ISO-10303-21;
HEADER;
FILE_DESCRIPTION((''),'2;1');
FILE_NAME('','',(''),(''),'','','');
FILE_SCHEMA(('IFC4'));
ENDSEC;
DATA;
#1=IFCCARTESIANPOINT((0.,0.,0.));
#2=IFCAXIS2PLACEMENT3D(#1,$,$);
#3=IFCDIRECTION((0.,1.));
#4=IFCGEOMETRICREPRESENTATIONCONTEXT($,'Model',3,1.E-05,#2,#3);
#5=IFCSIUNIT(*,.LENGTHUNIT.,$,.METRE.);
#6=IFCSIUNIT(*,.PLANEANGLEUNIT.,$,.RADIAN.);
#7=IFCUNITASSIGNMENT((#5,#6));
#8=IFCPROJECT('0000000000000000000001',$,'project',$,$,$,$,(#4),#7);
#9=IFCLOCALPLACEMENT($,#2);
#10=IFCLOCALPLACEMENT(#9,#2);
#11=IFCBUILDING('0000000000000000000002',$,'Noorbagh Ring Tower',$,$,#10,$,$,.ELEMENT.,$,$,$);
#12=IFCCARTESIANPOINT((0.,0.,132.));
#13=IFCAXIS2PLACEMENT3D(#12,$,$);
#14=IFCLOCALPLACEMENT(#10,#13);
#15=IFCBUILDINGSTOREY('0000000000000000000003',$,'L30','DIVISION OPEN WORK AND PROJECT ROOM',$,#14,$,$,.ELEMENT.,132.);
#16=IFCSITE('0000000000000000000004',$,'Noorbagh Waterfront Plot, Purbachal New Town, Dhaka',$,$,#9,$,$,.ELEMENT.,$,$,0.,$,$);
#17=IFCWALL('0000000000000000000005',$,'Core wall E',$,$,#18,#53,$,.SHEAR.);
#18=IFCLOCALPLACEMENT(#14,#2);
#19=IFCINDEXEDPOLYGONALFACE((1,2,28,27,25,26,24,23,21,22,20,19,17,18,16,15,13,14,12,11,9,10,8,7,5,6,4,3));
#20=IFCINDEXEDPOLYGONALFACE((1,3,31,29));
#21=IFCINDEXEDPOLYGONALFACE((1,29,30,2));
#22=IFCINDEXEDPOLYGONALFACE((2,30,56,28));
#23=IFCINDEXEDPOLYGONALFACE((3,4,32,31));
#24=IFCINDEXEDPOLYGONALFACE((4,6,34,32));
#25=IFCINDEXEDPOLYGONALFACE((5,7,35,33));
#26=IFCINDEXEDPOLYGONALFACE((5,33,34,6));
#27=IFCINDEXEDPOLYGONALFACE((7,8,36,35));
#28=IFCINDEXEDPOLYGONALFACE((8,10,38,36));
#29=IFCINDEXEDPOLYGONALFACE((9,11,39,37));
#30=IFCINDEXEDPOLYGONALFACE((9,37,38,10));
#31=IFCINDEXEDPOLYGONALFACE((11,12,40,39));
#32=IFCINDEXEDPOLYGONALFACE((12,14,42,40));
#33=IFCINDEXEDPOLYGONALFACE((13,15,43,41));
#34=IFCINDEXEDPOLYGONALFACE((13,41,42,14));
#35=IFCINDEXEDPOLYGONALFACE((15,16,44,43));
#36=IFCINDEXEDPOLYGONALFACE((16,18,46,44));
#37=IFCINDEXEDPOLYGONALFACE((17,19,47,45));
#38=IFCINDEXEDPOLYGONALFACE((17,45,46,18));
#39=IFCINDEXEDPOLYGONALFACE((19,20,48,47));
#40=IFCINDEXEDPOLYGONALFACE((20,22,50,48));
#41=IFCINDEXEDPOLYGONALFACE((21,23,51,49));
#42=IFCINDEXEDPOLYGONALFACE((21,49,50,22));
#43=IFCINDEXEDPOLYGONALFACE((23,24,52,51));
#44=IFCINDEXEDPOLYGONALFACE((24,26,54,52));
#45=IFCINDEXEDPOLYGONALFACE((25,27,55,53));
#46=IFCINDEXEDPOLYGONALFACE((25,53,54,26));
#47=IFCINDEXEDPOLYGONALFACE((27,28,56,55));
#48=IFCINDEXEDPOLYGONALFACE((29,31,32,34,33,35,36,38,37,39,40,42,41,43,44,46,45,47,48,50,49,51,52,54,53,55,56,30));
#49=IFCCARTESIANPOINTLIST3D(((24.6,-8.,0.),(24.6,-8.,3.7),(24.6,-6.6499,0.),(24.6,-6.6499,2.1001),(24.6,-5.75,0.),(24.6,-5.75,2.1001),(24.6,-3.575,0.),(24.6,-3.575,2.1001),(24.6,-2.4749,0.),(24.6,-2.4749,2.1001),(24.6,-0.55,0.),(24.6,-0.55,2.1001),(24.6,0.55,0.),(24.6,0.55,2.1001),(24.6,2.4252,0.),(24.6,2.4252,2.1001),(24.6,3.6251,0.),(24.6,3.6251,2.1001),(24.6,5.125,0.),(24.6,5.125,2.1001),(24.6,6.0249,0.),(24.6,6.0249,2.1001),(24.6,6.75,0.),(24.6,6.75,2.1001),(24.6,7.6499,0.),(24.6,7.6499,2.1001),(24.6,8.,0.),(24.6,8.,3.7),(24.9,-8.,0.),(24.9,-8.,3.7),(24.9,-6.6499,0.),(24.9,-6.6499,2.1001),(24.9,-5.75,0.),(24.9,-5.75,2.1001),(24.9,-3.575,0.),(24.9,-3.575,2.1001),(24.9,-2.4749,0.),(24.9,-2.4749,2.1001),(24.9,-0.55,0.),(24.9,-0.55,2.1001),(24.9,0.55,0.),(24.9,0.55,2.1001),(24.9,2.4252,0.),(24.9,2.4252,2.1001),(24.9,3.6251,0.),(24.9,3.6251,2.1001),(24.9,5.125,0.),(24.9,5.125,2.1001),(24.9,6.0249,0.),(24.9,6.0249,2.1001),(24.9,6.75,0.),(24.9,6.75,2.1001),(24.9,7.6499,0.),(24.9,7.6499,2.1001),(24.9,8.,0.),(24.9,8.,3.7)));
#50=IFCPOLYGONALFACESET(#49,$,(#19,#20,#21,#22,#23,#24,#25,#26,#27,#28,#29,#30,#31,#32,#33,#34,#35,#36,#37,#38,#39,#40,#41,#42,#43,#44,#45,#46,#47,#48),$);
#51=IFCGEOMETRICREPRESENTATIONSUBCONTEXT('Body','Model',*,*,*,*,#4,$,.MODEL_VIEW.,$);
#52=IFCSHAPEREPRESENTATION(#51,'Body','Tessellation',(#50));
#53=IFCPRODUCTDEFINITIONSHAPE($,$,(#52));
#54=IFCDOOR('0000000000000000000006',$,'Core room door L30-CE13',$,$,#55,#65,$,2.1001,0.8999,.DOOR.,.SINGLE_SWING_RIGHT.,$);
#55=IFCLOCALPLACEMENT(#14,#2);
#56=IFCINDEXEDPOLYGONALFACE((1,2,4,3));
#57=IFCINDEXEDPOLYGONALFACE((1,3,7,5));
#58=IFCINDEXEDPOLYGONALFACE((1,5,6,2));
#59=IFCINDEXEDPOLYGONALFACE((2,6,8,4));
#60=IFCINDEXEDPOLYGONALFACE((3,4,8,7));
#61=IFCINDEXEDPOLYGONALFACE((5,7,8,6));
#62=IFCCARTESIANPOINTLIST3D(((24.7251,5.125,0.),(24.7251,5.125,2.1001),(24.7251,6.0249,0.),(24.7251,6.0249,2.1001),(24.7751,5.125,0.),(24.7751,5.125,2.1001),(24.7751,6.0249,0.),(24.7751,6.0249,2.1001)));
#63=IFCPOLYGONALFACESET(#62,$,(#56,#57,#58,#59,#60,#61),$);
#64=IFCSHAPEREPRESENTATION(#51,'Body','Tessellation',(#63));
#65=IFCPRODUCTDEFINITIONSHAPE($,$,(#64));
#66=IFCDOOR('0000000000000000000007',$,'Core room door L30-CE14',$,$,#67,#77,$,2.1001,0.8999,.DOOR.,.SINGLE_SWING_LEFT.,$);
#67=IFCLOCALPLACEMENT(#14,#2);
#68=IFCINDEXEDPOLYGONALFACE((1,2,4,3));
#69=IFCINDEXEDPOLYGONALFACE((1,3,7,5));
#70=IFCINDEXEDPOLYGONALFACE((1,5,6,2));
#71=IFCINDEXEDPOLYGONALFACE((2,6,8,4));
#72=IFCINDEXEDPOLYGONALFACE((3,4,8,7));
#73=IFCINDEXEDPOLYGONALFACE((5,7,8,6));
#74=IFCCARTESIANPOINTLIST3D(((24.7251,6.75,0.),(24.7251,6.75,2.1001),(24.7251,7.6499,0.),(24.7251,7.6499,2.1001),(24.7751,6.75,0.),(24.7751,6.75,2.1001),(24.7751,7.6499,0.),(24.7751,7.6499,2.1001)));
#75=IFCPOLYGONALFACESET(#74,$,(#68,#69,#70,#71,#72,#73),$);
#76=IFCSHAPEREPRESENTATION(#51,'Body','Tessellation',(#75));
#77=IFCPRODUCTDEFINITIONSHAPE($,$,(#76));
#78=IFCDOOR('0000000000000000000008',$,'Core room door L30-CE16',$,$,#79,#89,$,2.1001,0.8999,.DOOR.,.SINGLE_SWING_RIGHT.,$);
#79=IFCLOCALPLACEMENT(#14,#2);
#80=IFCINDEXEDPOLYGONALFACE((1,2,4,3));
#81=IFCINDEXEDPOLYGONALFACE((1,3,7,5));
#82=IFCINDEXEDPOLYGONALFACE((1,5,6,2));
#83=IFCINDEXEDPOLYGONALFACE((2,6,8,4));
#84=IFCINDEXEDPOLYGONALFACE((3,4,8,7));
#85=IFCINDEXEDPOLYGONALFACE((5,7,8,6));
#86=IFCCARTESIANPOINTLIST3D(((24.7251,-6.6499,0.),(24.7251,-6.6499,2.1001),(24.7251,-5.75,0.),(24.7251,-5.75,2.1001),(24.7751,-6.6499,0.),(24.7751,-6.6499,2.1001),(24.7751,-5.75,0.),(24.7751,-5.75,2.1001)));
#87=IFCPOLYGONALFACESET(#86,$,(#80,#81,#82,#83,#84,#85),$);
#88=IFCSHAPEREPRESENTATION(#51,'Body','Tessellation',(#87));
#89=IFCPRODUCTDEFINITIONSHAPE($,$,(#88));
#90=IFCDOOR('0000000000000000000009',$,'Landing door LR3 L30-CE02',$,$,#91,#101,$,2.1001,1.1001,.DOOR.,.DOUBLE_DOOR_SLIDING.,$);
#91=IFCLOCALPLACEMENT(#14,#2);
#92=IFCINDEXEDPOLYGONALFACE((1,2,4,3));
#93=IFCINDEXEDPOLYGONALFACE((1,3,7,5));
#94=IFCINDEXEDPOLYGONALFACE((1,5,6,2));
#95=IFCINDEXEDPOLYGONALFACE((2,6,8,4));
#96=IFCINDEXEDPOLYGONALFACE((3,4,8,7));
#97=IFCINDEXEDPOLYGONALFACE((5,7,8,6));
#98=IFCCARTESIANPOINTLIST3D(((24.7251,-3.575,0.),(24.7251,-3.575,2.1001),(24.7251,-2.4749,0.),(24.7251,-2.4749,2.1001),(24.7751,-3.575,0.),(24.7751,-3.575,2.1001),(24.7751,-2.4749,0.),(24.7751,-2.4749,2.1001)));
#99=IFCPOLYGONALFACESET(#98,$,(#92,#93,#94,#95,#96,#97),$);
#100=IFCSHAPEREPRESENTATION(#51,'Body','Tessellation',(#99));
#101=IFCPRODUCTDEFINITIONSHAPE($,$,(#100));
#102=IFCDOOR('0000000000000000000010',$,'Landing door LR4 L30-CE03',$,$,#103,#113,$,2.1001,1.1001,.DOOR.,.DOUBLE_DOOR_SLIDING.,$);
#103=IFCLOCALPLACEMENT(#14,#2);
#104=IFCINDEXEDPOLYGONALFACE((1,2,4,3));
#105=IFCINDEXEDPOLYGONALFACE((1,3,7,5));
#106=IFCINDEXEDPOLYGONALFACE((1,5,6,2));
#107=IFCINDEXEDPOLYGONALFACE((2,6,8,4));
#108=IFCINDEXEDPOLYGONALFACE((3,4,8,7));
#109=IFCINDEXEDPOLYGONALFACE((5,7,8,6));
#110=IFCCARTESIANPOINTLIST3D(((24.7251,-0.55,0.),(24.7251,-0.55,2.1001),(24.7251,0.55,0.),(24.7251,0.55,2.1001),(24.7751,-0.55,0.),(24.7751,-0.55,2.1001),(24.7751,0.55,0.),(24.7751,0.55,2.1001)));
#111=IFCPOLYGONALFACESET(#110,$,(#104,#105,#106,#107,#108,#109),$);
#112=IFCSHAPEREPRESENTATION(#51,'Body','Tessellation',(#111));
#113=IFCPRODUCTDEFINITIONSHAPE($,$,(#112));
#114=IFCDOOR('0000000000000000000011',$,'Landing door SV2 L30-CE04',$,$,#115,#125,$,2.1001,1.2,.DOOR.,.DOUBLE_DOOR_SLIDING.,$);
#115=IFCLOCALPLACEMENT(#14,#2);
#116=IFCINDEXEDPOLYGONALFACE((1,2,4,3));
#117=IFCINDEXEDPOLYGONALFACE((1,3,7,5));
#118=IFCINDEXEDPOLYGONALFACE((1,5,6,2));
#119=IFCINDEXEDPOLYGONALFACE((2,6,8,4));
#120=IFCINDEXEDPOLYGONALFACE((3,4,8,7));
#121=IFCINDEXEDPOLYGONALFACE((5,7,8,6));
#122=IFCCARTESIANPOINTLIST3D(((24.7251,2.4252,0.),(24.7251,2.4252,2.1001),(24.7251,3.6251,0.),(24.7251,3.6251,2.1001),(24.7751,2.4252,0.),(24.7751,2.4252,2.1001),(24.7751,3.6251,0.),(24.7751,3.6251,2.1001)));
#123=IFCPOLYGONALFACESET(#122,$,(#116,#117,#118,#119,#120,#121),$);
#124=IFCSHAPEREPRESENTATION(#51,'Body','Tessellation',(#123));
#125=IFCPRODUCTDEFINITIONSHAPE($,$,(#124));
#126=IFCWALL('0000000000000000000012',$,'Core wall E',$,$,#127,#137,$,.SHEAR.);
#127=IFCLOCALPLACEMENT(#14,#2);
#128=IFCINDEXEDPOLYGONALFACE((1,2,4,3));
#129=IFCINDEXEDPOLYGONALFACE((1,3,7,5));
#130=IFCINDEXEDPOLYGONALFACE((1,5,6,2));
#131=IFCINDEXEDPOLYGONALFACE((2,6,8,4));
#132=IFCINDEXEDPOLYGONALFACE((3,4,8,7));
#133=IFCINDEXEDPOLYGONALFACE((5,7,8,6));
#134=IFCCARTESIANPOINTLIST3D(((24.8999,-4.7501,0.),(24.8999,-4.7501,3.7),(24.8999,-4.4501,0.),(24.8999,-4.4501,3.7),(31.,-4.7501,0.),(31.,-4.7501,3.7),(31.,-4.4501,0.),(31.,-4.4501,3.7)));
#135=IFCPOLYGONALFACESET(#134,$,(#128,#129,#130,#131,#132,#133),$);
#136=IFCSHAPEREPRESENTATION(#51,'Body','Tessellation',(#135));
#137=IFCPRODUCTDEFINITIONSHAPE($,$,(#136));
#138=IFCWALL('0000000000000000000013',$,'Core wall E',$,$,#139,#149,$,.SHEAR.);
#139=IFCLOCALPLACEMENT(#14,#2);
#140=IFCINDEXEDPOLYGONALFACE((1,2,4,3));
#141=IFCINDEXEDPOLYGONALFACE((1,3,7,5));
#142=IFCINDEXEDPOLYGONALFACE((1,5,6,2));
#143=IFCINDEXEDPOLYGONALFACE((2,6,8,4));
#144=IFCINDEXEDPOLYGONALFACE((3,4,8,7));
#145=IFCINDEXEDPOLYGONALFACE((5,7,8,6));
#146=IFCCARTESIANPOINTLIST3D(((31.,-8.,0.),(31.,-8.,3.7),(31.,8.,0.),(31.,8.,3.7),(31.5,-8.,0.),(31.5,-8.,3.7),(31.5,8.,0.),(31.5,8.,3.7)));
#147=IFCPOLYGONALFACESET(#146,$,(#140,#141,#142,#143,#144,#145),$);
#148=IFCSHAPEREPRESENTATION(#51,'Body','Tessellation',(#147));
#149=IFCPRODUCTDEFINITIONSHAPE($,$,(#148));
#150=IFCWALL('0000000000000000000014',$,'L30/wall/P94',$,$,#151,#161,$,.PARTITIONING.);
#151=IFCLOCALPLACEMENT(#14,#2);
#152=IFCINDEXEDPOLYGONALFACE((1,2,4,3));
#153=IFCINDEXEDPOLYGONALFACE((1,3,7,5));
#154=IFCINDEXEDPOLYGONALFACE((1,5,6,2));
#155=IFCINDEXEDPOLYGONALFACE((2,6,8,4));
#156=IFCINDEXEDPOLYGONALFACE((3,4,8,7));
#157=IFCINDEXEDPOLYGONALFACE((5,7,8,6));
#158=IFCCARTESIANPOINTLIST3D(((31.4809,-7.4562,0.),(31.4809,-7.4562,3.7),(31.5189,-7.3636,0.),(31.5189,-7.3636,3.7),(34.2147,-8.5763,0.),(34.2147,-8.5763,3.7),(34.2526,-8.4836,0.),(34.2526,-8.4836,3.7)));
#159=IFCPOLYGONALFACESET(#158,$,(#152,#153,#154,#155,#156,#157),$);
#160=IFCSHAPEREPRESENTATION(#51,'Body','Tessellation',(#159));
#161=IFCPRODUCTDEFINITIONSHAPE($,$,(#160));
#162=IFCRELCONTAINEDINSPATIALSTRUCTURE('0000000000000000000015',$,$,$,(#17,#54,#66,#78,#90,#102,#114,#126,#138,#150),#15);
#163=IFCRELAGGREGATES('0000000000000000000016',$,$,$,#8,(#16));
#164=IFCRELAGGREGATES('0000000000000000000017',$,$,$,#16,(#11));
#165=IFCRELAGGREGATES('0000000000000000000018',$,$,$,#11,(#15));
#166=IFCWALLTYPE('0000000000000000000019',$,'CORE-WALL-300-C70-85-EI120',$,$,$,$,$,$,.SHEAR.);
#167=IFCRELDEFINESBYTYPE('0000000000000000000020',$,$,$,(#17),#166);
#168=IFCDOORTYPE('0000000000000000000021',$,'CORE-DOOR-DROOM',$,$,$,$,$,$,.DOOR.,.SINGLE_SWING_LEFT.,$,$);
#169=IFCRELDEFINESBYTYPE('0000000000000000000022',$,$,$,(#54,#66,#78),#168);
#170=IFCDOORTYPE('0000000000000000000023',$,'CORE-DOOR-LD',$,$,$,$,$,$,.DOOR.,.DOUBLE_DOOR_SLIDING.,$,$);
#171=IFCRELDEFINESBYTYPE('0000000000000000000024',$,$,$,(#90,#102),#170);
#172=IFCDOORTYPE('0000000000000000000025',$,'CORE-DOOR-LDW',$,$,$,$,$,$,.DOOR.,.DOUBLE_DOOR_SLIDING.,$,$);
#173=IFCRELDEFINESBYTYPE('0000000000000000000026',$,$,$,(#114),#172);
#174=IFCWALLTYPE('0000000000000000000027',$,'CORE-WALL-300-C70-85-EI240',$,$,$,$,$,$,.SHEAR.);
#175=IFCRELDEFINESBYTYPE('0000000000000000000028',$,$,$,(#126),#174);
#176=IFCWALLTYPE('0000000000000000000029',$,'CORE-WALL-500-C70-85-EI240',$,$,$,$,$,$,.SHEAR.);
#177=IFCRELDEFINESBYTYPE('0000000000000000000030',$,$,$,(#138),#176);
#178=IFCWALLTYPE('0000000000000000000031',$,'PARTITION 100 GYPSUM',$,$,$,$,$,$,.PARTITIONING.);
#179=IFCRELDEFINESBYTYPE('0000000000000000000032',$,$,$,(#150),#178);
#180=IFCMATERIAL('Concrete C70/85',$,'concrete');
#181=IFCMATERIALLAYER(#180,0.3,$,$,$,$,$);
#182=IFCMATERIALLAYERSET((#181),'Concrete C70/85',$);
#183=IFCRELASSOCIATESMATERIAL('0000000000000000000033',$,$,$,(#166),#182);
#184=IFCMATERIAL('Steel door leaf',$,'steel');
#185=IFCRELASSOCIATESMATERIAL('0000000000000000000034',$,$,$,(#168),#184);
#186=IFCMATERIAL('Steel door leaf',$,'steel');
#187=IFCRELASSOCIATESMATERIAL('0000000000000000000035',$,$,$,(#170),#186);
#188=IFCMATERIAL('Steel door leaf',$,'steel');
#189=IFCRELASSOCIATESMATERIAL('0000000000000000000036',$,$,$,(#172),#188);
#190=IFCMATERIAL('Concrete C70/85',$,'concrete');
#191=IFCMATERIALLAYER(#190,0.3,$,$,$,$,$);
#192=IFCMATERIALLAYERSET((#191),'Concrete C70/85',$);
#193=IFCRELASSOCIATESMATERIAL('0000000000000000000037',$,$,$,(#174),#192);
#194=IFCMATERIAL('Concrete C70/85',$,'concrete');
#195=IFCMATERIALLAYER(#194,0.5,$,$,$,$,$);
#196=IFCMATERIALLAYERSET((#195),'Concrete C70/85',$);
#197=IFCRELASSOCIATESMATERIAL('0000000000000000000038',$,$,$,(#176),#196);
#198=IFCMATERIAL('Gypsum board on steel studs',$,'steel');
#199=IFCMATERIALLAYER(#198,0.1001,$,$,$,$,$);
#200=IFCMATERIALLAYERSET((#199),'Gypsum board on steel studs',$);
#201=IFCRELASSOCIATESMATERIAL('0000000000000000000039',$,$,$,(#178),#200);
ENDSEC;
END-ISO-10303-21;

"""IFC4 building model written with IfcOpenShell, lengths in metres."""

from ifc_helpers import new_model, si_unit, direction, frame, frame_2d, origin, place, context, subcontext, project, spatial, rectangle, extrude, material, layer, layer_set, type_object, element, fill, save


model = new_model("IFC4")

# Units and contexts
model_context = context("Model", 3, precision=1e-05, world=origin(), true_north=direction((0.0, 1.0)))
body_context = subcontext(model_context, "Body", "Model", "MODEL_VIEW")
ifc_project = project(units=[si_unit("LENGTHUNIT", "METRE"), si_unit("PLANEANGLEUNIT", "RADIAN")], contexts=[model_context])

# Site, building, storey
site_placement = place(None, origin())
site = spatial("IfcSite", under=ifc_project, at=site_placement, Name="Noorbagh Waterfront Plot, Purbachal New Town, Dhaka", CompositionType="ELEMENT", RefElevation=0.0)
building_placement = place(site_placement, origin())
building = spatial("IfcBuilding", under=site, at=building_placement, Name="Noorbagh Ring Tower", CompositionType="ELEMENT")
storey_placement = place(building_placement, frame((0.0, 0.0, 132.0)))
storey = spatial("IfcBuildingStorey", under=building, at=storey_placement, Name="L30", Description="DIVISION OPEN WORK AND PROJECT ROOM", CompositionType="ELEMENT", Elevation=132.0)

# Shared definitions
ifc_material_1 = material(Name="Concrete C70/85", Category="concrete")
ifc_layer_1 = layer(ifc_material_1, 0.3)
ifc_layer_set_1 = layer_set([ifc_layer_1], Name="Concrete C70/85")
wall_type_1 = type_object("IfcWallType", Name="CORE-WALL-300-C70-85-EI120", PredefinedType="SHEAR", material=ifc_layer_set_1)

# Wall, openings, doors
wall_1_placement = place(storey_placement, frame((24.75, -8.0, 0.0), z_axis=(0.0, 0.0, 1.0), x_axis=(0.0, 1.0, 0.0)))
wall_1 = element("IfcWall", 1, at=wall_1_placement, inside=storey, type_object=wall_type_1, Name="Core wall E", PredefinedType="SHEAR", context=body_context, shape_type="SweptSolid", body=[
    extrude(rectangle(XDim=16.0, YDim=0.3, at=frame_2d((8.0, 0.0))), origin(), (0.0, 0.0, 1.0), 3.7),
])
opening_1_placement = place(wall_1_placement, frame((4.425, 0.0, 0.0)))
opening_1 = element("IfcOpeningElement", 2, at=opening_1_placement, cuts=wall_1, PredefinedType="OPENING", context=body_context, shape_type="SweptSolid", body=[
    extrude(rectangle(XDim=1.1001, YDim=2.1001, at=frame_2d((0.55, 1.05))), frame((0.0, 0.1602, 0.0), z_axis=(0.0, -1.0, 0.0), x_axis=(1.0, 0.0, 0.0)), (0.0, 0.0, 1.0), 0.3201),
])
opening_2_placement = place(wall_1_placement, frame((7.45, 0.0, 0.0)))
opening_2 = element("IfcOpeningElement", 3, at=opening_2_placement, cuts=wall_1, PredefinedType="OPENING", context=body_context, shape_type="SweptSolid", body=[
    extrude(rectangle(XDim=1.1001, YDim=2.1001, at=frame_2d((0.55, 1.05))), frame((0.0, 0.1602, 0.0), z_axis=(0.0, -1.0, 0.0), x_axis=(1.0, 0.0, 0.0)), (0.0, 0.0, 1.0), 0.3201),
])
opening_3_placement = place(wall_1_placement, frame((10.425, 0.0, 0.0)))
opening_3 = element("IfcOpeningElement", 4, at=opening_3_placement, cuts=wall_1, PredefinedType="OPENING", context=body_context, shape_type="SweptSolid", body=[
    extrude(rectangle(XDim=1.2, YDim=2.1001, at=frame_2d((0.6001, 1.05))), frame((0.0, 0.1602, 0.0), z_axis=(0.0, -1.0, 0.0), x_axis=(1.0, 0.0, 0.0)), (0.0, 0.0, 1.0), 0.3201),
])
opening_4_placement = place(wall_1_placement, frame((13.125, 0.0, 0.0)))
opening_4 = element("IfcOpeningElement", 5, at=opening_4_placement, cuts=wall_1, PredefinedType="OPENING", context=body_context, shape_type="SweptSolid", body=[
    extrude(rectangle(XDim=0.8999, YDim=2.1001, at=frame_2d((0.45, 1.05))), frame((0.0, 0.1602, 0.0), z_axis=(0.0, -1.0, 0.0), x_axis=(1.0, 0.0, 0.0)), (0.0, 0.0, 1.0), 0.3201),
])
opening_5_placement = place(wall_1_placement, frame((14.75, 0.0, 0.0)))
opening_5 = element("IfcOpeningElement", 6, at=opening_5_placement, cuts=wall_1, PredefinedType="OPENING", context=body_context, shape_type="SweptSolid", body=[
    extrude(rectangle(XDim=0.8999, YDim=2.1001, at=frame_2d((0.45, 1.05))), frame((0.0, 0.1602, 0.0), z_axis=(0.0, -1.0, 0.0), x_axis=(1.0, 0.0, 0.0)), (0.0, 0.0, 1.0), 0.3201),
])
opening_6_placement = place(wall_1_placement, frame((1.3501, 0.0, 0.0)))
opening_6 = element("IfcOpeningElement", 7, at=opening_6_placement, cuts=wall_1, PredefinedType="OPENING", context=body_context, shape_type="SweptSolid", body=[
    extrude(rectangle(XDim=0.8999, YDim=2.1001, at=frame_2d((0.45, 1.05))), frame((0.0, 0.1602, 0.0), z_axis=(0.0, -1.0, 0.0), x_axis=(1.0, 0.0, 0.0)), (0.0, 0.0, 1.0), 0.3201),
])
ifc_material_2 = material(Name="Steel door leaf", Category="steel")
door_type_1 = type_object("IfcDoorType", Name="CORE-DOOR-DROOM", OperationType="SINGLE_SWING_LEFT", PredefinedType="DOOR", material=ifc_material_2)
door_1_placement = place(opening_4_placement, origin())
door_1 = element("IfcDoor", 8, at=door_1_placement, inside=storey, type_object=door_type_1, Name="Core room door L30-CE13", OperationType="SINGLE_SWING_RIGHT", OverallHeight=2.1001, OverallWidth=0.8999, PredefinedType="DOOR", context=body_context, shape_type="SweptSolid", body=[
    extrude(rectangle(XDim=0.8999, YDim=2.1001, at=frame_2d((0.45, 1.05))), frame((0.0, 0.0249, 0.0), z_axis=(0.0, -1.0, 0.0), x_axis=(1.0, 0.0, 0.0)), (0.0, 0.0, 1.0), 0.05),
])
fill(opening_4, door_1)
door_2_placement = place(opening_5_placement, origin())
door_2 = element("IfcDoor", 9, at=door_2_placement, inside=storey, type_object=door_type_1, Name="Core room door L30-CE14", OperationType="SINGLE_SWING_LEFT", OverallHeight=2.1001, OverallWidth=0.8999, PredefinedType="DOOR", context=body_context, shape_type="SweptSolid", body=[
    extrude(rectangle(XDim=0.8999, YDim=2.1001, at=frame_2d((0.45, 1.05))), frame((0.0, 0.0249, 0.0), z_axis=(0.0, -1.0, 0.0), x_axis=(1.0, 0.0, 0.0)), (0.0, 0.0, 1.0), 0.05),
])
fill(opening_5, door_2)
door_3_placement = place(opening_6_placement, origin())
door_3 = element("IfcDoor", 10, at=door_3_placement, inside=storey, type_object=door_type_1, Name="Core room door L30-CE16", OperationType="SINGLE_SWING_RIGHT", OverallHeight=2.1001, OverallWidth=0.8999, PredefinedType="DOOR", context=body_context, shape_type="SweptSolid", body=[
    extrude(rectangle(XDim=0.8999, YDim=2.1001, at=frame_2d((0.45, 1.05))), frame((0.0, 0.0249, 0.0), z_axis=(0.0, -1.0, 0.0), x_axis=(1.0, 0.0, 0.0)), (0.0, 0.0, 1.0), 0.05),
])
fill(opening_6, door_3)
ifc_material_3 = material(Name="Steel door leaf", Category="steel")
door_type_2 = type_object("IfcDoorType", Name="CORE-DOOR-LD", OperationType="DOUBLE_DOOR_SLIDING", PredefinedType="DOOR", material=ifc_material_3)
door_4_placement = place(opening_1_placement, origin())
door_4 = element("IfcDoor", 11, at=door_4_placement, inside=storey, type_object=door_type_2, Name="Landing door LR3 L30-CE02", OperationType="DOUBLE_DOOR_SLIDING", OverallHeight=2.1001, OverallWidth=1.1001, PredefinedType="DOOR", context=body_context, shape_type="SweptSolid", body=[
    extrude(rectangle(XDim=1.1001, YDim=2.1001, at=frame_2d((0.55, 1.05))), frame((0.0, 0.0249, 0.0), z_axis=(0.0, -1.0, 0.0), x_axis=(1.0, 0.0, 0.0)), (0.0, 0.0, 1.0), 0.05),
])
fill(opening_1, door_4)
door_5_placement = place(opening_2_placement, origin())
door_5 = element("IfcDoor", 12, at=door_5_placement, inside=storey, type_object=door_type_2, Name="Landing door LR4 L30-CE03", OperationType="DOUBLE_DOOR_SLIDING", OverallHeight=2.1001, OverallWidth=1.1001, PredefinedType="DOOR", context=body_context, shape_type="SweptSolid", body=[
    extrude(rectangle(XDim=1.1001, YDim=2.1001, at=frame_2d((0.55, 1.05))), frame((0.0, 0.0249, 0.0), z_axis=(0.0, -1.0, 0.0), x_axis=(1.0, 0.0, 0.0)), (0.0, 0.0, 1.0), 0.05),
])
fill(opening_2, door_5)
ifc_material_4 = material(Name="Steel door leaf", Category="steel")
door_type_3 = type_object("IfcDoorType", Name="CORE-DOOR-LDW", OperationType="DOUBLE_DOOR_SLIDING", PredefinedType="DOOR", material=ifc_material_4)
door_6_placement = place(opening_3_placement, origin())
door_6 = element("IfcDoor", 13, at=door_6_placement, inside=storey, type_object=door_type_3, Name="Landing door SV2 L30-CE04", OperationType="DOUBLE_DOOR_SLIDING", OverallHeight=2.1001, OverallWidth=1.2, PredefinedType="DOOR", context=body_context, shape_type="SweptSolid", body=[
    extrude(rectangle(XDim=1.2, YDim=2.1001, at=frame_2d((0.6001, 1.05))), frame((0.0, 0.0249, 0.0), z_axis=(0.0, -1.0, 0.0), x_axis=(1.0, 0.0, 0.0)), (0.0, 0.0, 1.0), 0.05),
])
fill(opening_3, door_6)

# Walls
ifc_material_5 = material(Name="Concrete C70/85", Category="concrete")
ifc_layer_2 = layer(ifc_material_5, 0.3)
ifc_layer_set_2 = layer_set([ifc_layer_2], Name="Concrete C70/85")
wall_type_2 = type_object("IfcWallType", Name="CORE-WALL-300-C70-85-EI240", PredefinedType="SHEAR", material=ifc_layer_set_2)
wall_2_placement = place(storey_placement, frame((24.8999, -4.6001, 0.0), z_axis=(0.0, 0.0, 1.0), x_axis=(1.0, 0.0, 0.0)))
element("IfcWall", 14, at=wall_2_placement, inside=storey, type_object=wall_type_2, Name="Core wall E", PredefinedType="SHEAR", context=body_context, shape_type="SweptSolid", body=[
    extrude(rectangle(XDim=6.1001, YDim=0.3, at=frame_2d((3.05, 0.0))), origin(), (0.0, 0.0, 1.0), 3.7),
])
ifc_material_6 = material(Name="Concrete C70/85", Category="concrete")
ifc_layer_3 = layer(ifc_material_6, 0.5)
ifc_layer_set_3 = layer_set([ifc_layer_3], Name="Concrete C70/85")
wall_type_3 = type_object("IfcWallType", Name="CORE-WALL-500-C70-85-EI240", PredefinedType="SHEAR", material=ifc_layer_set_3)
wall_3_placement = place(storey_placement, frame((31.25, -8.0, 0.0), z_axis=(0.0, 0.0, 1.0), x_axis=(0.0, 1.0, 0.0)))
element("IfcWall", 15, at=wall_3_placement, inside=storey, type_object=wall_type_3, Name="Core wall E", PredefinedType="SHEAR", context=body_context, shape_type="SweptSolid", body=[
    extrude(rectangle(XDim=16.0, YDim=0.5, at=frame_2d((8.0, 0.0))), origin(), (0.0, 0.0, 1.0), 3.7),
])
ifc_material_7 = material(Name="Gypsum board on steel studs", Category="steel")
ifc_layer_4 = layer(ifc_material_7, 0.1001)
ifc_layer_set_4 = layer_set([ifc_layer_4], Name="Gypsum board on steel studs")
wall_type_4 = type_object("IfcWallType", Name="PARTITION 100 GYPSUM", PredefinedType="PARTITIONING", material=ifc_layer_set_4)
wall_4_placement = place(storey_placement, frame((31.5, -7.4099, 0.0), z_axis=(0.0, 0.0, 1.0), x_axis=(0.925344, -0.379128, 0.0)))
element("IfcWall", 16, at=wall_4_placement, inside=storey, type_object=wall_type_4, Name="L30/wall/P94", PredefinedType="PARTITIONING", context=body_context, shape_type="SweptSolid", body=[
    extrude(rectangle(XDim=2.9543, YDim=0.1001, at=frame_2d((1.4771, 0.0))), origin(), (0.0, 0.0, 1.0), 3.7),
])

save(model, "model.ifc")
